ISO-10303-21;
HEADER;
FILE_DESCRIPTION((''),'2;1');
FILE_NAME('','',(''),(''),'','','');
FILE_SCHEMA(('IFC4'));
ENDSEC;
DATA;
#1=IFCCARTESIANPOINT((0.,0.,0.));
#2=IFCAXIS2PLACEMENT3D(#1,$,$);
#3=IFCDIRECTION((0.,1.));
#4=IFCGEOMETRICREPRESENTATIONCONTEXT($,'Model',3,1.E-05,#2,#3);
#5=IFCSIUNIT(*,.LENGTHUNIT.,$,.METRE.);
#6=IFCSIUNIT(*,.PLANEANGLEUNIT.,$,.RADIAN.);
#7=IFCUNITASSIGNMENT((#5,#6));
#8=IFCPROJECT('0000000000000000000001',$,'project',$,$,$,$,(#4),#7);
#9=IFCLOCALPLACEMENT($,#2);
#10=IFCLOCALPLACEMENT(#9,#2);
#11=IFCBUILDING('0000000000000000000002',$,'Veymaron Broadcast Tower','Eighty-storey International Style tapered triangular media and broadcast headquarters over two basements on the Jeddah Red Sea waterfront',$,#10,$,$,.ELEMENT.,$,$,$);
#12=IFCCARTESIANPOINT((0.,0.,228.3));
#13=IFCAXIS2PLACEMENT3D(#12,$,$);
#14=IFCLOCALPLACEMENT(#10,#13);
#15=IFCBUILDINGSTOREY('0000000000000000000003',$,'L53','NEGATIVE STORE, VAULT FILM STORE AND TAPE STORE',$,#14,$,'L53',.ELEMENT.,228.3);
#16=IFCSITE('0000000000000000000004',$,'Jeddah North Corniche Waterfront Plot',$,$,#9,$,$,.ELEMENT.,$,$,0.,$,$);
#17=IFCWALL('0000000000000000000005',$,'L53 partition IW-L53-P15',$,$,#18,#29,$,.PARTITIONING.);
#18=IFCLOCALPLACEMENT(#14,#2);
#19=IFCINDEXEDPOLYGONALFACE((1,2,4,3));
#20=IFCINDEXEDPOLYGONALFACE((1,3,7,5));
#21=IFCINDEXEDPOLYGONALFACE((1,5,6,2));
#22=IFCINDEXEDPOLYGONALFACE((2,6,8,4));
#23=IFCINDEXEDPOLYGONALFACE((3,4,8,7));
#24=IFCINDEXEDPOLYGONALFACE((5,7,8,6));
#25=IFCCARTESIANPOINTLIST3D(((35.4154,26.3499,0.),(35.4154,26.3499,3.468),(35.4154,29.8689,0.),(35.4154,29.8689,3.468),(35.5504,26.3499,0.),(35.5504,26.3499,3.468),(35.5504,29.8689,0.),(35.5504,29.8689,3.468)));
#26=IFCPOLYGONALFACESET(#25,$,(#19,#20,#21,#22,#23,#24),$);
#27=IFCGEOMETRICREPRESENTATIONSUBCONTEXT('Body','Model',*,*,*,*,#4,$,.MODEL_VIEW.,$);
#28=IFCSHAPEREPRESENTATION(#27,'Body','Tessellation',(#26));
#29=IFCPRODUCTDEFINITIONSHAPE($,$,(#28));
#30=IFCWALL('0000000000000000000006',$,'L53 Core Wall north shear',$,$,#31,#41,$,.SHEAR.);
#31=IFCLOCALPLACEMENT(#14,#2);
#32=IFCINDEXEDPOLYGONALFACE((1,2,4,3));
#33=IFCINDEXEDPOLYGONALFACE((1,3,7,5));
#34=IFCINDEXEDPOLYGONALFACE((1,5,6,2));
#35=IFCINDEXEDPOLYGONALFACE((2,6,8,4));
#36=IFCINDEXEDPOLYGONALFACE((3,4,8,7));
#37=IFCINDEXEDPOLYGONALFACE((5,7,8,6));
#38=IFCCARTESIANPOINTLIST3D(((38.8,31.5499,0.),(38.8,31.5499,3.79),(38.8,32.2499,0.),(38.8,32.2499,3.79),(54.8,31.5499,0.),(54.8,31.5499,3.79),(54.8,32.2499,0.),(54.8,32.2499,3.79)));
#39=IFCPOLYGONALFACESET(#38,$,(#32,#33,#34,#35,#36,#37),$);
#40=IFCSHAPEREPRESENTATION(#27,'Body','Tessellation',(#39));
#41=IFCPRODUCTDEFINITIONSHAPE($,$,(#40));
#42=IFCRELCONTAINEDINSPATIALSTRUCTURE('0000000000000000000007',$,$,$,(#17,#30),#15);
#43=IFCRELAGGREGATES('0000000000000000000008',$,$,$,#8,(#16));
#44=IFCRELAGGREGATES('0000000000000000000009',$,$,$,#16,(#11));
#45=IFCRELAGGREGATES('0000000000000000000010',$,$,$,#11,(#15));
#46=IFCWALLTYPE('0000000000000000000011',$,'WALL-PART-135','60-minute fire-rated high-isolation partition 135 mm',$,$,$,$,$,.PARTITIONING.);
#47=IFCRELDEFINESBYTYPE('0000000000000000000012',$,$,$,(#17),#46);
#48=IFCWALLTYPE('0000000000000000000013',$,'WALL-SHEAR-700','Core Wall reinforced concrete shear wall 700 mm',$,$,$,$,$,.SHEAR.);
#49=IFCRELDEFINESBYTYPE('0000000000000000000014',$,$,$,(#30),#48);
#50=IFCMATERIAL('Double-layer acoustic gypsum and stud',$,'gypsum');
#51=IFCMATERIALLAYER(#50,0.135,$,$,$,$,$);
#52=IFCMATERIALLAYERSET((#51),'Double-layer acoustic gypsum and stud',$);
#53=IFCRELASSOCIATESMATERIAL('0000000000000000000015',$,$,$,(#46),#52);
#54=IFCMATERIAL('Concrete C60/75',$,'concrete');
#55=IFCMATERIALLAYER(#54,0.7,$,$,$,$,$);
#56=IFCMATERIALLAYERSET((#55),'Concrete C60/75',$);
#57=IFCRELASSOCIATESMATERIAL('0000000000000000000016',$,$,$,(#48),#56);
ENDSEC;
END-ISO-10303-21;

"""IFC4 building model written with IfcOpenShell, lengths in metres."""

from ifc_helpers import new_model, si_unit, direction, frame, frame_2d, origin, place, context, subcontext, project, spatial, rectangle, extrude, material, layer, layer_set, type_object, element, save


model = new_model("IFC4")

# Units and contexts
model_context = context("Model", 3, precision=1e-05, world=origin(), true_north=direction((0.0, 1.0)))
body_context = subcontext(model_context, "Body", "Model", "MODEL_VIEW")
ifc_project = project(units=[si_unit("LENGTHUNIT", "METRE"), si_unit("PLANEANGLEUNIT", "RADIAN")], contexts=[model_context])

# Site, building, storey
site_placement = place(None, origin())
site = spatial("IfcSite", under=ifc_project, at=site_placement, Name="Jeddah North Corniche Waterfront Plot", CompositionType="ELEMENT", RefElevation=0.0)
building_placement = place(site_placement, origin())
building = spatial("IfcBuilding", under=site, at=building_placement, Name="Veymaron Broadcast Tower", Description="Eighty-storey International Style tapered triangular media and broadcast headquarters over two basements on the Jeddah Red Sea waterfront", CompositionType="ELEMENT")
storey_placement = place(building_placement, frame((0.0, 0.0, 228.3)))
storey = spatial("IfcBuildingStorey", under=building, at=storey_placement, Name="L53", Description="NEGATIVE STORE, VAULT FILM STORE AND TAPE STORE", LongName="L53", CompositionType="ELEMENT", Elevation=228.3)

# Walls
ifc_material_1 = material(Name="Double-layer acoustic gypsum and stud", Category="gypsum")
ifc_layer_1 = layer(ifc_material_1, 0.135)
ifc_layer_set_1 = layer_set([ifc_layer_1], Name="Double-layer acoustic gypsum and stud")
wall_type_1 = type_object("IfcWallType", Name="WALL-PART-135", Description="60-minute fire-rated high-isolation partition 135 mm", PredefinedType="PARTITIONING", material=ifc_layer_set_1)
wall_1_placement = place(storey_placement, frame((35.4829, 26.3499, 0.0), z_axis=(0.0, 0.0, 1.0), x_axis=(0.0, 1.0, 0.0)))
element("IfcWall", 1, at=wall_1_placement, inside=storey, type_object=wall_type_1, Name="L53 partition IW-L53-P15", PredefinedType="PARTITIONING", context=body_context, shape_type="SweptSolid", body=[
    extrude(rectangle(XDim=3.519, YDim=0.135, at=frame_2d((1.7595, 0.0))), origin(), (0.0, 0.0, 1.0), 3.468),
])
ifc_material_2 = material(Name="Concrete C60/75", Category="concrete")
ifc_layer_2 = layer(ifc_material_2, 0.7)
ifc_layer_set_2 = layer_set([ifc_layer_2], Name="Concrete C60/75")
wall_type_2 = type_object("IfcWallType", Name="WALL-SHEAR-700", Description="Core Wall reinforced concrete shear wall 700 mm", PredefinedType="SHEAR", material=ifc_layer_set_2)
wall_2_placement = place(storey_placement, frame((38.8, 31.8999, 0.0), z_axis=(0.0, 0.0, 1.0), x_axis=(1.0, 0.0, 0.0)))
element("IfcWall", 2, at=wall_2_placement, inside=storey, type_object=wall_type_2, Name="L53 Core Wall north shear", PredefinedType="SHEAR", context=body_context, shape_type="SweptSolid", body=[
    extrude(rectangle(XDim=16.0, YDim=0.7, at=frame_2d((8.0, 0.0))), origin(), (0.0, 0.0, 1.0), 3.79),
])

save(model, "model.ifc")
